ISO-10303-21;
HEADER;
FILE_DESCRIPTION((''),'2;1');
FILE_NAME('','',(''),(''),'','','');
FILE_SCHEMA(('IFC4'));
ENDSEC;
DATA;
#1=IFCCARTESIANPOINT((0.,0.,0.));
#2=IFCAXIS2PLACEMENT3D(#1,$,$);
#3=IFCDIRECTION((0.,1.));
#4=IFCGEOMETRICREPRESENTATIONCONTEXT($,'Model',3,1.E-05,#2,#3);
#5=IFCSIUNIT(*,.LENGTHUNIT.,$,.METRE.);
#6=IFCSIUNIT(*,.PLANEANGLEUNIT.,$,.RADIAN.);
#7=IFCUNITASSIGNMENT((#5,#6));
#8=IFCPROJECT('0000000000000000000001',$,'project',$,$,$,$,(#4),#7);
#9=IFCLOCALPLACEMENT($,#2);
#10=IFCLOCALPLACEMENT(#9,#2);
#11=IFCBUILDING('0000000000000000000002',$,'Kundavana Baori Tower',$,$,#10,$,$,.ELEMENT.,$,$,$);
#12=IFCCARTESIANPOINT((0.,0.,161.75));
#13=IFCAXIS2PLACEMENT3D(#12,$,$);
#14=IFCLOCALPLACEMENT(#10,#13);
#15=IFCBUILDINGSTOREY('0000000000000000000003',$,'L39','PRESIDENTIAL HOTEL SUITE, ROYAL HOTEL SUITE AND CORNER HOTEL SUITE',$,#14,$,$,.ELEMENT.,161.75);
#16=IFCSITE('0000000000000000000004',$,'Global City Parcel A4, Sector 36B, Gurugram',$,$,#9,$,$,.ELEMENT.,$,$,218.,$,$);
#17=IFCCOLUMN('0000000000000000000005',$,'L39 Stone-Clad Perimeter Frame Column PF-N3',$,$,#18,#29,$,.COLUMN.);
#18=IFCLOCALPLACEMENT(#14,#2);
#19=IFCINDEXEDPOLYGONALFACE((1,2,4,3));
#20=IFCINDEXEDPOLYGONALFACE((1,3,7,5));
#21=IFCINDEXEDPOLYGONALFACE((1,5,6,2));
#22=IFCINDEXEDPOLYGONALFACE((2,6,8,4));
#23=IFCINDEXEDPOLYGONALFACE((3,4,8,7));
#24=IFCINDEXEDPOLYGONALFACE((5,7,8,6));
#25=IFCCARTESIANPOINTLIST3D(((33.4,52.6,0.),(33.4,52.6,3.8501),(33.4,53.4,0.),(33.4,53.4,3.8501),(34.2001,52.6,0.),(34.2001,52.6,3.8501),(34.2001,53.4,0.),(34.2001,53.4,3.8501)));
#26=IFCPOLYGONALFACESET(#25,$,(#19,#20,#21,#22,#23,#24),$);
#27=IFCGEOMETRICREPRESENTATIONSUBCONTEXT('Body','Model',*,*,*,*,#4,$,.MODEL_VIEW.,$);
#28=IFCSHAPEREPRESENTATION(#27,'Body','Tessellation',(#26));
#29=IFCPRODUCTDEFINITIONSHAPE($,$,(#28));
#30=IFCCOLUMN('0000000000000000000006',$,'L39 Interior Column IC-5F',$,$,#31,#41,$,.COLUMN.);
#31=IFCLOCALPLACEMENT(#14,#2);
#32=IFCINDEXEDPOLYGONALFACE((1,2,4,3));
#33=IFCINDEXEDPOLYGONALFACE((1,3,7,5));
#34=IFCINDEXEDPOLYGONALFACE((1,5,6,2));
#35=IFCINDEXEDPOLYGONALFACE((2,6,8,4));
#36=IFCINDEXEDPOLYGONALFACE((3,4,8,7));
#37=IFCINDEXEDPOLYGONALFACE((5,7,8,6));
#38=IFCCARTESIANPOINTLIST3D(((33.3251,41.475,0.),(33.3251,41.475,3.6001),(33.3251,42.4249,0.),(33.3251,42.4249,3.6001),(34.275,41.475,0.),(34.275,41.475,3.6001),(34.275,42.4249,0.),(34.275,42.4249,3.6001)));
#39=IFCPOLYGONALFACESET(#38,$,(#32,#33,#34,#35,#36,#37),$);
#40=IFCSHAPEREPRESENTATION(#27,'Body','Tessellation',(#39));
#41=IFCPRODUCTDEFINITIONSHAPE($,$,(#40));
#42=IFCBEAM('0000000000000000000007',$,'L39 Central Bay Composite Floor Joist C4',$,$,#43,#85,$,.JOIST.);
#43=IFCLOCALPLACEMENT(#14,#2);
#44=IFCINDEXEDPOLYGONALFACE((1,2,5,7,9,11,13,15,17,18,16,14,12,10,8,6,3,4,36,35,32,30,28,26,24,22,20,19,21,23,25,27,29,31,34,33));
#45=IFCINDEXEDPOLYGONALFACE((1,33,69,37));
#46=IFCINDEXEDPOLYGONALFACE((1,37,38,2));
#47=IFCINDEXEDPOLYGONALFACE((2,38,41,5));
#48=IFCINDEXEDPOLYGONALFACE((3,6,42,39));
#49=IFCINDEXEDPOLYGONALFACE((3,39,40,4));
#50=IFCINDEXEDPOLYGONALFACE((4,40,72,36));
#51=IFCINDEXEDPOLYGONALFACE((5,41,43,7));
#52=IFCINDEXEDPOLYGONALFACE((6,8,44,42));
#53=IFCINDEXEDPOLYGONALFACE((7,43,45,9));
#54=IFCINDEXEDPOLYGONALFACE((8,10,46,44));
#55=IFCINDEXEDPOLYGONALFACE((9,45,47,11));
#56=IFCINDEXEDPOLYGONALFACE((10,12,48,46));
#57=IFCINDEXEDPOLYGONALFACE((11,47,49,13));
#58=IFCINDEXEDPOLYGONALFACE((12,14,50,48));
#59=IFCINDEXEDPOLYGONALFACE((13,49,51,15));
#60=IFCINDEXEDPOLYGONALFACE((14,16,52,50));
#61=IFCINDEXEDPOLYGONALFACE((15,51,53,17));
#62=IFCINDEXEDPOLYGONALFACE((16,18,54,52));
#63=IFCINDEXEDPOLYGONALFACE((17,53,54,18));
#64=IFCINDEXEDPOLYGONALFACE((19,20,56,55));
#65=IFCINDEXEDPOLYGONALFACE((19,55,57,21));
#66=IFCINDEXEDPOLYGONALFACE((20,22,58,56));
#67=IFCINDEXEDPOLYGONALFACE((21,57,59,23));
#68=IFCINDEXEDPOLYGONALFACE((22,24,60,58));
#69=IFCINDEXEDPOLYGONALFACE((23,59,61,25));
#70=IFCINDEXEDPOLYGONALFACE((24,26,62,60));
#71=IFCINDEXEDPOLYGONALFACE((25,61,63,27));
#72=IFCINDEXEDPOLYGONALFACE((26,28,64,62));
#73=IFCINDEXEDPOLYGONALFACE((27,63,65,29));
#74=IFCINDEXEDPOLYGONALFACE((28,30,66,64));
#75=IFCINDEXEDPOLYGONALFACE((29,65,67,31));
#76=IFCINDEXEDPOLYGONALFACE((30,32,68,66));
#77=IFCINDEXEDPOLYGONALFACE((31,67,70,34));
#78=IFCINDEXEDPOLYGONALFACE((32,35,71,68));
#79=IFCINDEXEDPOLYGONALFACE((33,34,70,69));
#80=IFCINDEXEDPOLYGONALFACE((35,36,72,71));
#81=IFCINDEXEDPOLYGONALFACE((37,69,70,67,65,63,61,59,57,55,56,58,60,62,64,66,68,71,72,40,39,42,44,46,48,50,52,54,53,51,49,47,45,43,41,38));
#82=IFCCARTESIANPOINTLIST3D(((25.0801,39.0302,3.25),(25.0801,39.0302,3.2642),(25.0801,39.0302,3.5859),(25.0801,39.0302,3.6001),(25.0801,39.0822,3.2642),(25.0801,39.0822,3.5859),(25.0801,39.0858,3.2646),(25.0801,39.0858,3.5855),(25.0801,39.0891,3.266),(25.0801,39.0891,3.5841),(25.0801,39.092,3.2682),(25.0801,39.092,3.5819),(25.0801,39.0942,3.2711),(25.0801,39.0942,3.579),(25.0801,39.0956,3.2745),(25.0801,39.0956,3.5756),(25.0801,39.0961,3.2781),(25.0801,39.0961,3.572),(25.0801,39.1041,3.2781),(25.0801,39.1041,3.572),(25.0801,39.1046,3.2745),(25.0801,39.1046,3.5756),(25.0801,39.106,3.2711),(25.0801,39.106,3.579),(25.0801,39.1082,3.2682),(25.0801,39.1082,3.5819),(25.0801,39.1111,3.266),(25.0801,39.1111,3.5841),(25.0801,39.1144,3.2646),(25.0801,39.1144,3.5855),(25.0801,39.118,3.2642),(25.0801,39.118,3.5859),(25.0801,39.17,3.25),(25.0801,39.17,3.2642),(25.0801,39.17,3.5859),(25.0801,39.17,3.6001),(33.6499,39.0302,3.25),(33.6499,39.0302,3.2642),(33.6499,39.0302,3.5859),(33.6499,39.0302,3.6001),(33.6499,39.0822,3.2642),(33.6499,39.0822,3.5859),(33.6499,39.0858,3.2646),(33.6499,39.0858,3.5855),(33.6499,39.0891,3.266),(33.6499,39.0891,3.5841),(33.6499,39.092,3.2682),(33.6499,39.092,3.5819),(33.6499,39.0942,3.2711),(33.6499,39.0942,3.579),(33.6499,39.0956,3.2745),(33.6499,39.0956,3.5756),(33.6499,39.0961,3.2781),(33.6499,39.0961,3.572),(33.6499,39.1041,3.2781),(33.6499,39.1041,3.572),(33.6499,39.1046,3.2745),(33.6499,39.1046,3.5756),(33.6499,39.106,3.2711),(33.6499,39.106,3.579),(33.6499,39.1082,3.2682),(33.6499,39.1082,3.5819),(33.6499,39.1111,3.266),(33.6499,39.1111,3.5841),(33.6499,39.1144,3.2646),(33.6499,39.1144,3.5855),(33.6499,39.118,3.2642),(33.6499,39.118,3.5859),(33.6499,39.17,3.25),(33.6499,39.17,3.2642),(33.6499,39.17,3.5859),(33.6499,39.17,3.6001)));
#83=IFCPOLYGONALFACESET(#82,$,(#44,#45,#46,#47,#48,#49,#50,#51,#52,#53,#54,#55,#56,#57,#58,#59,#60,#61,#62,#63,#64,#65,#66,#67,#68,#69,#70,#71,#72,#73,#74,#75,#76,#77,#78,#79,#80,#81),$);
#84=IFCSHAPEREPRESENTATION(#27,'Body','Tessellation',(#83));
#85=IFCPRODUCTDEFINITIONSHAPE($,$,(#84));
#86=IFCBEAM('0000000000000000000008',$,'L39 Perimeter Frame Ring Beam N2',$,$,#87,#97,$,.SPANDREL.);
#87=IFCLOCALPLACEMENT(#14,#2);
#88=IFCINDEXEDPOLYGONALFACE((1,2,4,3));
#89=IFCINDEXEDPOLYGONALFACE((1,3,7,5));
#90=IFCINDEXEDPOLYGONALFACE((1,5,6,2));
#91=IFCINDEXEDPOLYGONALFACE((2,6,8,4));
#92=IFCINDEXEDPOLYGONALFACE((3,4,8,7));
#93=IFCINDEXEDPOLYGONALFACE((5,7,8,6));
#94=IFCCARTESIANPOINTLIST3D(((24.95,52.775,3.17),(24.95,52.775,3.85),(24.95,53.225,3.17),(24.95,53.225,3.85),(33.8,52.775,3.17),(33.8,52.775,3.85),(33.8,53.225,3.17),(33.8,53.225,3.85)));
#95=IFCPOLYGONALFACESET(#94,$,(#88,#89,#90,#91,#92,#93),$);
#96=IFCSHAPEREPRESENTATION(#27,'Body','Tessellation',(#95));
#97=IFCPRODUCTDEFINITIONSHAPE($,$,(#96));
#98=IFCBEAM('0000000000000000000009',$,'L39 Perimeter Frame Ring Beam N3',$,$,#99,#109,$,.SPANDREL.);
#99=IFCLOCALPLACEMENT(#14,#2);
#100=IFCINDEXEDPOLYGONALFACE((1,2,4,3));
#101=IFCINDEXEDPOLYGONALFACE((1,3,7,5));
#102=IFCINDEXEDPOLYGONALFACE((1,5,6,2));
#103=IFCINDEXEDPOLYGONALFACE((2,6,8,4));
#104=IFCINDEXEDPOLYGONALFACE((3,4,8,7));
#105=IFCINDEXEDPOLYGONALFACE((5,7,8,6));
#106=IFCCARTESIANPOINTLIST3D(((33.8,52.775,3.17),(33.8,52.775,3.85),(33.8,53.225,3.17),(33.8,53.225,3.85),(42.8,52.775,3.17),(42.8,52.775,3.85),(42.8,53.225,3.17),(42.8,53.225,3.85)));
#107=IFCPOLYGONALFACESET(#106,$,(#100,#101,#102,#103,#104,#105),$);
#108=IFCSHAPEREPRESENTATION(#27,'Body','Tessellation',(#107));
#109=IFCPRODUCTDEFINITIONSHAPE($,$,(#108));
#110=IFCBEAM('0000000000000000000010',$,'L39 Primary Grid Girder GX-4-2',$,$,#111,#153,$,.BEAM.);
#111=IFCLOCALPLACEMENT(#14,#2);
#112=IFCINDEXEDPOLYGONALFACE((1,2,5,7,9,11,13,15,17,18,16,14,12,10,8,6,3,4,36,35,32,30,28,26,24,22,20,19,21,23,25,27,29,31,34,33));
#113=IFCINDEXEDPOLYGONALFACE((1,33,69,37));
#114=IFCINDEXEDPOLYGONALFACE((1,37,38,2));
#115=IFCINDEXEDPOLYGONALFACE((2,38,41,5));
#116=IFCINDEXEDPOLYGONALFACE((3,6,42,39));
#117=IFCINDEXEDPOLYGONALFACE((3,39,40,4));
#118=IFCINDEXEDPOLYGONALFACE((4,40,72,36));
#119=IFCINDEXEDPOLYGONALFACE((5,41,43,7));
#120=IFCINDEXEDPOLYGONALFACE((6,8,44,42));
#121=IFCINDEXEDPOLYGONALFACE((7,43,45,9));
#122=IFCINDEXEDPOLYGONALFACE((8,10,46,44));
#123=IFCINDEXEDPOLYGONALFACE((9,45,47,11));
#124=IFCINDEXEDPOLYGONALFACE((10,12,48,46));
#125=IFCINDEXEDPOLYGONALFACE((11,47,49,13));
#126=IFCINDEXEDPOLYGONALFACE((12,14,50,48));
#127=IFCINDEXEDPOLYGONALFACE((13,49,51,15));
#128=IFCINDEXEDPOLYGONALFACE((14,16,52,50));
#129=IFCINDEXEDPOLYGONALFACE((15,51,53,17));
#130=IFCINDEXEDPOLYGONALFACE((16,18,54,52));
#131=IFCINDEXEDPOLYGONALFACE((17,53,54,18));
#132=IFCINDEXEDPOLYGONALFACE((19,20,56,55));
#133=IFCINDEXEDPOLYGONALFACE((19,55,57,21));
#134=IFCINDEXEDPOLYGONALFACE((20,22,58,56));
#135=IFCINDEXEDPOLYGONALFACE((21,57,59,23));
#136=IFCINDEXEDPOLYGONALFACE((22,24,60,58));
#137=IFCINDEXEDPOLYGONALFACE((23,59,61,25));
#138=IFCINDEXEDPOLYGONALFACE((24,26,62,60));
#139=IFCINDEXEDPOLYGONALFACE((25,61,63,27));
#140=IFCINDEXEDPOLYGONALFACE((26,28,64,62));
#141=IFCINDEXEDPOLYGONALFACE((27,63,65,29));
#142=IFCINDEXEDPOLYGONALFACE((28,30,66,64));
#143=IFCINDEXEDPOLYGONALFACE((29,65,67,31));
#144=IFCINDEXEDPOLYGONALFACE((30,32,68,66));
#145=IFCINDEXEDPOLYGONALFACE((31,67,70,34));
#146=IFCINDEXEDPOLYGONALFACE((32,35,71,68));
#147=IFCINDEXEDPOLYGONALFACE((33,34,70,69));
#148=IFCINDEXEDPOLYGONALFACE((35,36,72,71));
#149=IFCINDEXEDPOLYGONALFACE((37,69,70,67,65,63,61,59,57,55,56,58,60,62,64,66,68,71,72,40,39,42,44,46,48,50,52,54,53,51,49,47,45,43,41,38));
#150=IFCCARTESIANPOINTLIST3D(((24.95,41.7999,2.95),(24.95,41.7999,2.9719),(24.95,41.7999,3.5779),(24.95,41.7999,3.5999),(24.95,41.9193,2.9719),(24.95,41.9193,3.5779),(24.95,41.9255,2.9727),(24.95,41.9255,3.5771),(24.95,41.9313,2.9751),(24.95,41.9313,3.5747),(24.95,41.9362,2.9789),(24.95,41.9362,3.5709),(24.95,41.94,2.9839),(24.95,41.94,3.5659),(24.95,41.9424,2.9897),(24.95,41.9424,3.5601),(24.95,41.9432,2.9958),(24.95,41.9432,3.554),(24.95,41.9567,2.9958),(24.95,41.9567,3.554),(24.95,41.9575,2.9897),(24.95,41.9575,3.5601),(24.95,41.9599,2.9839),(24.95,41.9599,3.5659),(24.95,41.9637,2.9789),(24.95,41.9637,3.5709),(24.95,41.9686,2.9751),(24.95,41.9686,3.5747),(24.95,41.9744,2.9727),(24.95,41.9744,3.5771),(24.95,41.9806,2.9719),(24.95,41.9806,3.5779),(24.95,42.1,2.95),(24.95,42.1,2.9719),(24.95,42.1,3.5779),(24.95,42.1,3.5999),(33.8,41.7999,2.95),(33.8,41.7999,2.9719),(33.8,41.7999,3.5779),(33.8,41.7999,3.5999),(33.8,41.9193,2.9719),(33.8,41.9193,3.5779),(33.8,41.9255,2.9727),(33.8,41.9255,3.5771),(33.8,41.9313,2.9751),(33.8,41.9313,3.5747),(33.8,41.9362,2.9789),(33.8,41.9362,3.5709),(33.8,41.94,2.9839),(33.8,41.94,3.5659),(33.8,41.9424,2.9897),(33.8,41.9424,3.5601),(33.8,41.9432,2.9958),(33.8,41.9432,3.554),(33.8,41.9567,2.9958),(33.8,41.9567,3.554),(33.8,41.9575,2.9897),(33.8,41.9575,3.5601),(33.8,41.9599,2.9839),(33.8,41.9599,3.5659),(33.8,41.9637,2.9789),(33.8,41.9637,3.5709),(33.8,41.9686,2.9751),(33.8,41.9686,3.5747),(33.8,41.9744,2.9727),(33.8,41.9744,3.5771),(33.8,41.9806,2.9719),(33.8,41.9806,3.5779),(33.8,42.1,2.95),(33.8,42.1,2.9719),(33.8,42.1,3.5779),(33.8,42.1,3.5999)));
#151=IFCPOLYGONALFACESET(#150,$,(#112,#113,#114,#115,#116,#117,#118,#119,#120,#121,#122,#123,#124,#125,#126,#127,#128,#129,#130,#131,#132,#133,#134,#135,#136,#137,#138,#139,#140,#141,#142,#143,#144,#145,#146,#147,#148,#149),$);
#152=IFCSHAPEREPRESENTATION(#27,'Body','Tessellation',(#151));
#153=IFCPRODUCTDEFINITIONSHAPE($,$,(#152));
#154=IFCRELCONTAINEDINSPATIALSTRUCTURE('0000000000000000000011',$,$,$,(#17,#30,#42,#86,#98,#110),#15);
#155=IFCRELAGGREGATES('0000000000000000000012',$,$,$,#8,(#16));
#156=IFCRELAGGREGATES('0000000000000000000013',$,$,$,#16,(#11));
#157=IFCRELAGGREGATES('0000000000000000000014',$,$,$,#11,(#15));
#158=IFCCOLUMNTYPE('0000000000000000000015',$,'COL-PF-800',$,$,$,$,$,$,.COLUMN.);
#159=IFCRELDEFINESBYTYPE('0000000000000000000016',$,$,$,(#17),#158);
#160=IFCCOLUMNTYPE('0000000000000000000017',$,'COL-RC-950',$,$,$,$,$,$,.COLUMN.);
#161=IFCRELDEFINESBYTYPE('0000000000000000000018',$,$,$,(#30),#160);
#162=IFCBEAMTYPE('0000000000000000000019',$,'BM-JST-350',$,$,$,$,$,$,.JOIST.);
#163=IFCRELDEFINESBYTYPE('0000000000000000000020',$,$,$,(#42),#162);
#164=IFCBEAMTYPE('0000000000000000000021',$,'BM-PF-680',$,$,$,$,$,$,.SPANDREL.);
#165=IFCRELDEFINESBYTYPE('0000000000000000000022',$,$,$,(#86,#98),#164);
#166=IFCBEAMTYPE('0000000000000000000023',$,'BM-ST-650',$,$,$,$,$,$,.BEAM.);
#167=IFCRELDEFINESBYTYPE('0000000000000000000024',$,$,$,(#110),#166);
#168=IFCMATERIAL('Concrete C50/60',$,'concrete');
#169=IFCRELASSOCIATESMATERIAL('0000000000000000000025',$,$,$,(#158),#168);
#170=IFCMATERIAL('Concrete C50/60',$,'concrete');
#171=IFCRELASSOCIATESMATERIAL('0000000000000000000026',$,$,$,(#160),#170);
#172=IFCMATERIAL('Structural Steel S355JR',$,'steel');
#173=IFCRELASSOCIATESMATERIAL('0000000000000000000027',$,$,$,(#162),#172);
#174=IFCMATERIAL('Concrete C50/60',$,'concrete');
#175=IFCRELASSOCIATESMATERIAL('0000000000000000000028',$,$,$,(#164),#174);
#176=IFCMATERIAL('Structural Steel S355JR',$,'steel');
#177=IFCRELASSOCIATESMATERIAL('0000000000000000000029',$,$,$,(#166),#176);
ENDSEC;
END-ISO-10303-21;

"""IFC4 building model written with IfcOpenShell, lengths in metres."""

from ifc_helpers import new_model, si_unit, direction, frame, origin, origin_2d, place, context, subcontext, project, spatial, rectangle, i_section, extrude, material, material_profile, profile_set, type_object, element, save


model = new_model("IFC4")

# Units and contexts
model_context = context("Model", 3, precision=1e-05, world=origin(), true_north=direction((0.0, 1.0)))
body_context = subcontext(model_context, "Body", "Model", "MODEL_VIEW")
ifc_project = project(units=[si_unit("LENGTHUNIT", "METRE"), si_unit("PLANEANGLEUNIT", "RADIAN")], contexts=[model_context])

# Site, building, storey
site_placement = place(None, origin())
site = spatial("IfcSite", under=ifc_project, at=site_placement, Name="Global City Parcel A4, Sector 36B, Gurugram", CompositionType="ELEMENT", RefElevation=218.0)
building_placement = place(site_placement, origin())
building = spatial("IfcBuilding", under=site, at=building_placement, Name="Kundavana Baori Tower", CompositionType="ELEMENT")
storey_placement = place(building_placement, frame((0.0, 0.0, 161.75)))
storey = spatial("IfcBuildingStorey", under=building, at=storey_placement, Name="L39", Description="PRESIDENTIAL HOTEL SUITE, ROYAL HOTEL SUITE AND CORNER HOTEL SUITE", CompositionType="ELEMENT", Elevation=161.75)

# Columns
ifc_material_1 = material(Name="Concrete C50/60", Category="concrete")
ifc_material_profile_1 = material_profile(ifc_material_1, rectangle(XDim=0.8, YDim=0.8, at=origin_2d()), Name="RC PF 800x800")
ifc_profile_set_1 = profile_set([ifc_material_profile_1], Name="Concrete C50/60")
column_type_1 = type_object("IfcColumnType", Name="COL-PF-800", PredefinedType="COLUMN", material=ifc_profile_set_1)
column_1_placement = place(storey_placement, frame((33.8, 53.0, 0.0), z_axis=(0.0, 0.0, 1.0), x_axis=(1.0, 0.0, 0.0)))
element("IfcColumn", 1, at=column_1_placement, inside=storey, type_object=column_type_1, Name="L39 Stone-Clad Perimeter Frame Column PF-N3", PredefinedType="COLUMN", context=body_context, shape_type="SweptSolid", body=[
    extrude(rectangle(XDim=0.8, YDim=0.8, at=origin_2d()), origin(), (0.0, 0.0, 1.0), 3.8501),
])
ifc_material_2 = material(Name="Concrete C50/60", Category="concrete")
ifc_material_profile_2 = material_profile(ifc_material_2, rectangle(XDim=0.95, YDim=0.95, at=origin_2d()), Name="RC 950x950")
ifc_profile_set_2 = profile_set([ifc_material_profile_2], Name="Concrete C50/60")
column_type_2 = type_object("IfcColumnType", Name="COL-RC-950", PredefinedType="COLUMN", material=ifc_profile_set_2)
column_2_placement = place(storey_placement, frame((33.8, 41.95, 0.0), z_axis=(0.0, 0.0, 1.0), x_axis=(1.0, 0.0, 0.0)))
element("IfcColumn", 2, at=column_2_placement, inside=storey, type_object=column_type_2, Name="L39 Interior Column IC-5F", PredefinedType="COLUMN", context=body_context, shape_type="SweptSolid", body=[
    extrude(rectangle(XDim=0.95, YDim=0.95, at=origin_2d()), origin(), (0.0, 0.0, 1.0), 3.6001),
])

# Beams
ifc_material_3 = material(Name="Structural Steel S355JR", Category="steel")
ifc_material_profile_3 = material_profile(ifc_material_3, i_section(OverallWidth=0.1399, OverallDepth=0.3501, WebThickness=0.0081, FlangeThickness=0.0142, FilletRadius=0.0139, at=origin_2d()), Name="ISMB 350")
ifc_profile_set_3 = profile_set([ifc_material_profile_3], Name="Structural Steel S355JR")
beam_type_1 = type_object("IfcBeamType", Name="BM-JST-350", PredefinedType="JOIST", material=ifc_profile_set_3)
beam_1_placement = place(storey_placement, frame((25.0801, 39.1001, 3.425), z_axis=(1.0, 0.0, 0.0), x_axis=(0.0, 1.0, 0.0)))
element("IfcBeam", 3, at=beam_1_placement, inside=storey, type_object=beam_type_1, Name="L39 Central Bay Composite Floor Joist C4", PredefinedType="JOIST", context=body_context, shape_type="SweptSolid", body=[
    extrude(i_section(OverallWidth=0.1399, OverallDepth=0.3501, WebThickness=0.0081, FlangeThickness=0.0142, FilletRadius=0.0139, at=origin_2d()), origin(), (0.0, 0.0, 1.0), 8.5698),
])
ifc_material_4 = material(Name="Concrete C50/60", Category="concrete")
ifc_material_profile_4 = material_profile(ifc_material_4, rectangle(XDim=0.45, YDim=0.6799, at=origin_2d()), Name="RC BM 450x680")
ifc_profile_set_4 = profile_set([ifc_material_profile_4], Name="Concrete C50/60")
beam_type_2 = type_object("IfcBeamType", Name="BM-PF-680", PredefinedType="SPANDREL", material=ifc_profile_set_4)
beam_2_placement = place(storey_placement, frame((24.95, 53.0, 3.51), z_axis=(1.0, 0.0, 0.0), x_axis=(0.0, 1.0, 0.0)))
element("IfcBeam", 4, at=beam_2_placement, inside=storey, type_object=beam_type_2, Name="L39 Perimeter Frame Ring Beam N2", PredefinedType="SPANDREL", context=body_context, shape_type="SweptSolid", body=[
    extrude(rectangle(XDim=0.45, YDim=0.6799, at=origin_2d()), origin(), (0.0, 0.0, 1.0), 8.8501),
])
beam_3_placement = place(storey_placement, frame((33.8, 53.0, 3.51), z_axis=(1.0, 0.0, 0.0), x_axis=(0.0, 1.0, 0.0)))
element("IfcBeam", 5, at=beam_3_placement, inside=storey, type_object=beam_type_2, Name="L39 Perimeter Frame Ring Beam N3", PredefinedType="SPANDREL", context=body_context, shape_type="SweptSolid", body=[
    extrude(rectangle(XDim=0.45, YDim=0.6799, at=origin_2d()), origin(), (0.0, 0.0, 1.0), 9.0),
])
ifc_material_5 = material(Name="Structural Steel S355JR", Category="steel")
ifc_material_profile_5 = material_profile(ifc_material_5, i_section(OverallWidth=0.3, OverallDepth=0.6499, WebThickness=0.0134, FlangeThickness=0.022, FilletRadius=0.0239, at=origin_2d()), Name="NPB 650x300x155")
ifc_profile_set_5 = profile_set([ifc_material_profile_5], Name="Structural Steel S355JR")
beam_type_3 = type_object("IfcBeamType", Name="BM-ST-650", PredefinedType="BEAM", material=ifc_profile_set_5)
beam_4_placement = place(storey_placement, frame((24.95, 41.95, 3.2749), z_axis=(1.0, 0.0, 0.0), x_axis=(0.0, 1.0, 0.0)))
element("IfcBeam", 6, at=beam_4_placement, inside=storey, type_object=beam_type_3, Name="L39 Primary Grid Girder GX-4-2", PredefinedType="BEAM", context=body_context, shape_type="SweptSolid", body=[
    extrude(i_section(OverallWidth=0.3, OverallDepth=0.6499, WebThickness=0.0134, FlangeThickness=0.022, FilletRadius=0.0239, at=origin_2d()), origin(), (0.0, 0.0, 1.0), 8.8501),
])

save(model, "model.ifc")
